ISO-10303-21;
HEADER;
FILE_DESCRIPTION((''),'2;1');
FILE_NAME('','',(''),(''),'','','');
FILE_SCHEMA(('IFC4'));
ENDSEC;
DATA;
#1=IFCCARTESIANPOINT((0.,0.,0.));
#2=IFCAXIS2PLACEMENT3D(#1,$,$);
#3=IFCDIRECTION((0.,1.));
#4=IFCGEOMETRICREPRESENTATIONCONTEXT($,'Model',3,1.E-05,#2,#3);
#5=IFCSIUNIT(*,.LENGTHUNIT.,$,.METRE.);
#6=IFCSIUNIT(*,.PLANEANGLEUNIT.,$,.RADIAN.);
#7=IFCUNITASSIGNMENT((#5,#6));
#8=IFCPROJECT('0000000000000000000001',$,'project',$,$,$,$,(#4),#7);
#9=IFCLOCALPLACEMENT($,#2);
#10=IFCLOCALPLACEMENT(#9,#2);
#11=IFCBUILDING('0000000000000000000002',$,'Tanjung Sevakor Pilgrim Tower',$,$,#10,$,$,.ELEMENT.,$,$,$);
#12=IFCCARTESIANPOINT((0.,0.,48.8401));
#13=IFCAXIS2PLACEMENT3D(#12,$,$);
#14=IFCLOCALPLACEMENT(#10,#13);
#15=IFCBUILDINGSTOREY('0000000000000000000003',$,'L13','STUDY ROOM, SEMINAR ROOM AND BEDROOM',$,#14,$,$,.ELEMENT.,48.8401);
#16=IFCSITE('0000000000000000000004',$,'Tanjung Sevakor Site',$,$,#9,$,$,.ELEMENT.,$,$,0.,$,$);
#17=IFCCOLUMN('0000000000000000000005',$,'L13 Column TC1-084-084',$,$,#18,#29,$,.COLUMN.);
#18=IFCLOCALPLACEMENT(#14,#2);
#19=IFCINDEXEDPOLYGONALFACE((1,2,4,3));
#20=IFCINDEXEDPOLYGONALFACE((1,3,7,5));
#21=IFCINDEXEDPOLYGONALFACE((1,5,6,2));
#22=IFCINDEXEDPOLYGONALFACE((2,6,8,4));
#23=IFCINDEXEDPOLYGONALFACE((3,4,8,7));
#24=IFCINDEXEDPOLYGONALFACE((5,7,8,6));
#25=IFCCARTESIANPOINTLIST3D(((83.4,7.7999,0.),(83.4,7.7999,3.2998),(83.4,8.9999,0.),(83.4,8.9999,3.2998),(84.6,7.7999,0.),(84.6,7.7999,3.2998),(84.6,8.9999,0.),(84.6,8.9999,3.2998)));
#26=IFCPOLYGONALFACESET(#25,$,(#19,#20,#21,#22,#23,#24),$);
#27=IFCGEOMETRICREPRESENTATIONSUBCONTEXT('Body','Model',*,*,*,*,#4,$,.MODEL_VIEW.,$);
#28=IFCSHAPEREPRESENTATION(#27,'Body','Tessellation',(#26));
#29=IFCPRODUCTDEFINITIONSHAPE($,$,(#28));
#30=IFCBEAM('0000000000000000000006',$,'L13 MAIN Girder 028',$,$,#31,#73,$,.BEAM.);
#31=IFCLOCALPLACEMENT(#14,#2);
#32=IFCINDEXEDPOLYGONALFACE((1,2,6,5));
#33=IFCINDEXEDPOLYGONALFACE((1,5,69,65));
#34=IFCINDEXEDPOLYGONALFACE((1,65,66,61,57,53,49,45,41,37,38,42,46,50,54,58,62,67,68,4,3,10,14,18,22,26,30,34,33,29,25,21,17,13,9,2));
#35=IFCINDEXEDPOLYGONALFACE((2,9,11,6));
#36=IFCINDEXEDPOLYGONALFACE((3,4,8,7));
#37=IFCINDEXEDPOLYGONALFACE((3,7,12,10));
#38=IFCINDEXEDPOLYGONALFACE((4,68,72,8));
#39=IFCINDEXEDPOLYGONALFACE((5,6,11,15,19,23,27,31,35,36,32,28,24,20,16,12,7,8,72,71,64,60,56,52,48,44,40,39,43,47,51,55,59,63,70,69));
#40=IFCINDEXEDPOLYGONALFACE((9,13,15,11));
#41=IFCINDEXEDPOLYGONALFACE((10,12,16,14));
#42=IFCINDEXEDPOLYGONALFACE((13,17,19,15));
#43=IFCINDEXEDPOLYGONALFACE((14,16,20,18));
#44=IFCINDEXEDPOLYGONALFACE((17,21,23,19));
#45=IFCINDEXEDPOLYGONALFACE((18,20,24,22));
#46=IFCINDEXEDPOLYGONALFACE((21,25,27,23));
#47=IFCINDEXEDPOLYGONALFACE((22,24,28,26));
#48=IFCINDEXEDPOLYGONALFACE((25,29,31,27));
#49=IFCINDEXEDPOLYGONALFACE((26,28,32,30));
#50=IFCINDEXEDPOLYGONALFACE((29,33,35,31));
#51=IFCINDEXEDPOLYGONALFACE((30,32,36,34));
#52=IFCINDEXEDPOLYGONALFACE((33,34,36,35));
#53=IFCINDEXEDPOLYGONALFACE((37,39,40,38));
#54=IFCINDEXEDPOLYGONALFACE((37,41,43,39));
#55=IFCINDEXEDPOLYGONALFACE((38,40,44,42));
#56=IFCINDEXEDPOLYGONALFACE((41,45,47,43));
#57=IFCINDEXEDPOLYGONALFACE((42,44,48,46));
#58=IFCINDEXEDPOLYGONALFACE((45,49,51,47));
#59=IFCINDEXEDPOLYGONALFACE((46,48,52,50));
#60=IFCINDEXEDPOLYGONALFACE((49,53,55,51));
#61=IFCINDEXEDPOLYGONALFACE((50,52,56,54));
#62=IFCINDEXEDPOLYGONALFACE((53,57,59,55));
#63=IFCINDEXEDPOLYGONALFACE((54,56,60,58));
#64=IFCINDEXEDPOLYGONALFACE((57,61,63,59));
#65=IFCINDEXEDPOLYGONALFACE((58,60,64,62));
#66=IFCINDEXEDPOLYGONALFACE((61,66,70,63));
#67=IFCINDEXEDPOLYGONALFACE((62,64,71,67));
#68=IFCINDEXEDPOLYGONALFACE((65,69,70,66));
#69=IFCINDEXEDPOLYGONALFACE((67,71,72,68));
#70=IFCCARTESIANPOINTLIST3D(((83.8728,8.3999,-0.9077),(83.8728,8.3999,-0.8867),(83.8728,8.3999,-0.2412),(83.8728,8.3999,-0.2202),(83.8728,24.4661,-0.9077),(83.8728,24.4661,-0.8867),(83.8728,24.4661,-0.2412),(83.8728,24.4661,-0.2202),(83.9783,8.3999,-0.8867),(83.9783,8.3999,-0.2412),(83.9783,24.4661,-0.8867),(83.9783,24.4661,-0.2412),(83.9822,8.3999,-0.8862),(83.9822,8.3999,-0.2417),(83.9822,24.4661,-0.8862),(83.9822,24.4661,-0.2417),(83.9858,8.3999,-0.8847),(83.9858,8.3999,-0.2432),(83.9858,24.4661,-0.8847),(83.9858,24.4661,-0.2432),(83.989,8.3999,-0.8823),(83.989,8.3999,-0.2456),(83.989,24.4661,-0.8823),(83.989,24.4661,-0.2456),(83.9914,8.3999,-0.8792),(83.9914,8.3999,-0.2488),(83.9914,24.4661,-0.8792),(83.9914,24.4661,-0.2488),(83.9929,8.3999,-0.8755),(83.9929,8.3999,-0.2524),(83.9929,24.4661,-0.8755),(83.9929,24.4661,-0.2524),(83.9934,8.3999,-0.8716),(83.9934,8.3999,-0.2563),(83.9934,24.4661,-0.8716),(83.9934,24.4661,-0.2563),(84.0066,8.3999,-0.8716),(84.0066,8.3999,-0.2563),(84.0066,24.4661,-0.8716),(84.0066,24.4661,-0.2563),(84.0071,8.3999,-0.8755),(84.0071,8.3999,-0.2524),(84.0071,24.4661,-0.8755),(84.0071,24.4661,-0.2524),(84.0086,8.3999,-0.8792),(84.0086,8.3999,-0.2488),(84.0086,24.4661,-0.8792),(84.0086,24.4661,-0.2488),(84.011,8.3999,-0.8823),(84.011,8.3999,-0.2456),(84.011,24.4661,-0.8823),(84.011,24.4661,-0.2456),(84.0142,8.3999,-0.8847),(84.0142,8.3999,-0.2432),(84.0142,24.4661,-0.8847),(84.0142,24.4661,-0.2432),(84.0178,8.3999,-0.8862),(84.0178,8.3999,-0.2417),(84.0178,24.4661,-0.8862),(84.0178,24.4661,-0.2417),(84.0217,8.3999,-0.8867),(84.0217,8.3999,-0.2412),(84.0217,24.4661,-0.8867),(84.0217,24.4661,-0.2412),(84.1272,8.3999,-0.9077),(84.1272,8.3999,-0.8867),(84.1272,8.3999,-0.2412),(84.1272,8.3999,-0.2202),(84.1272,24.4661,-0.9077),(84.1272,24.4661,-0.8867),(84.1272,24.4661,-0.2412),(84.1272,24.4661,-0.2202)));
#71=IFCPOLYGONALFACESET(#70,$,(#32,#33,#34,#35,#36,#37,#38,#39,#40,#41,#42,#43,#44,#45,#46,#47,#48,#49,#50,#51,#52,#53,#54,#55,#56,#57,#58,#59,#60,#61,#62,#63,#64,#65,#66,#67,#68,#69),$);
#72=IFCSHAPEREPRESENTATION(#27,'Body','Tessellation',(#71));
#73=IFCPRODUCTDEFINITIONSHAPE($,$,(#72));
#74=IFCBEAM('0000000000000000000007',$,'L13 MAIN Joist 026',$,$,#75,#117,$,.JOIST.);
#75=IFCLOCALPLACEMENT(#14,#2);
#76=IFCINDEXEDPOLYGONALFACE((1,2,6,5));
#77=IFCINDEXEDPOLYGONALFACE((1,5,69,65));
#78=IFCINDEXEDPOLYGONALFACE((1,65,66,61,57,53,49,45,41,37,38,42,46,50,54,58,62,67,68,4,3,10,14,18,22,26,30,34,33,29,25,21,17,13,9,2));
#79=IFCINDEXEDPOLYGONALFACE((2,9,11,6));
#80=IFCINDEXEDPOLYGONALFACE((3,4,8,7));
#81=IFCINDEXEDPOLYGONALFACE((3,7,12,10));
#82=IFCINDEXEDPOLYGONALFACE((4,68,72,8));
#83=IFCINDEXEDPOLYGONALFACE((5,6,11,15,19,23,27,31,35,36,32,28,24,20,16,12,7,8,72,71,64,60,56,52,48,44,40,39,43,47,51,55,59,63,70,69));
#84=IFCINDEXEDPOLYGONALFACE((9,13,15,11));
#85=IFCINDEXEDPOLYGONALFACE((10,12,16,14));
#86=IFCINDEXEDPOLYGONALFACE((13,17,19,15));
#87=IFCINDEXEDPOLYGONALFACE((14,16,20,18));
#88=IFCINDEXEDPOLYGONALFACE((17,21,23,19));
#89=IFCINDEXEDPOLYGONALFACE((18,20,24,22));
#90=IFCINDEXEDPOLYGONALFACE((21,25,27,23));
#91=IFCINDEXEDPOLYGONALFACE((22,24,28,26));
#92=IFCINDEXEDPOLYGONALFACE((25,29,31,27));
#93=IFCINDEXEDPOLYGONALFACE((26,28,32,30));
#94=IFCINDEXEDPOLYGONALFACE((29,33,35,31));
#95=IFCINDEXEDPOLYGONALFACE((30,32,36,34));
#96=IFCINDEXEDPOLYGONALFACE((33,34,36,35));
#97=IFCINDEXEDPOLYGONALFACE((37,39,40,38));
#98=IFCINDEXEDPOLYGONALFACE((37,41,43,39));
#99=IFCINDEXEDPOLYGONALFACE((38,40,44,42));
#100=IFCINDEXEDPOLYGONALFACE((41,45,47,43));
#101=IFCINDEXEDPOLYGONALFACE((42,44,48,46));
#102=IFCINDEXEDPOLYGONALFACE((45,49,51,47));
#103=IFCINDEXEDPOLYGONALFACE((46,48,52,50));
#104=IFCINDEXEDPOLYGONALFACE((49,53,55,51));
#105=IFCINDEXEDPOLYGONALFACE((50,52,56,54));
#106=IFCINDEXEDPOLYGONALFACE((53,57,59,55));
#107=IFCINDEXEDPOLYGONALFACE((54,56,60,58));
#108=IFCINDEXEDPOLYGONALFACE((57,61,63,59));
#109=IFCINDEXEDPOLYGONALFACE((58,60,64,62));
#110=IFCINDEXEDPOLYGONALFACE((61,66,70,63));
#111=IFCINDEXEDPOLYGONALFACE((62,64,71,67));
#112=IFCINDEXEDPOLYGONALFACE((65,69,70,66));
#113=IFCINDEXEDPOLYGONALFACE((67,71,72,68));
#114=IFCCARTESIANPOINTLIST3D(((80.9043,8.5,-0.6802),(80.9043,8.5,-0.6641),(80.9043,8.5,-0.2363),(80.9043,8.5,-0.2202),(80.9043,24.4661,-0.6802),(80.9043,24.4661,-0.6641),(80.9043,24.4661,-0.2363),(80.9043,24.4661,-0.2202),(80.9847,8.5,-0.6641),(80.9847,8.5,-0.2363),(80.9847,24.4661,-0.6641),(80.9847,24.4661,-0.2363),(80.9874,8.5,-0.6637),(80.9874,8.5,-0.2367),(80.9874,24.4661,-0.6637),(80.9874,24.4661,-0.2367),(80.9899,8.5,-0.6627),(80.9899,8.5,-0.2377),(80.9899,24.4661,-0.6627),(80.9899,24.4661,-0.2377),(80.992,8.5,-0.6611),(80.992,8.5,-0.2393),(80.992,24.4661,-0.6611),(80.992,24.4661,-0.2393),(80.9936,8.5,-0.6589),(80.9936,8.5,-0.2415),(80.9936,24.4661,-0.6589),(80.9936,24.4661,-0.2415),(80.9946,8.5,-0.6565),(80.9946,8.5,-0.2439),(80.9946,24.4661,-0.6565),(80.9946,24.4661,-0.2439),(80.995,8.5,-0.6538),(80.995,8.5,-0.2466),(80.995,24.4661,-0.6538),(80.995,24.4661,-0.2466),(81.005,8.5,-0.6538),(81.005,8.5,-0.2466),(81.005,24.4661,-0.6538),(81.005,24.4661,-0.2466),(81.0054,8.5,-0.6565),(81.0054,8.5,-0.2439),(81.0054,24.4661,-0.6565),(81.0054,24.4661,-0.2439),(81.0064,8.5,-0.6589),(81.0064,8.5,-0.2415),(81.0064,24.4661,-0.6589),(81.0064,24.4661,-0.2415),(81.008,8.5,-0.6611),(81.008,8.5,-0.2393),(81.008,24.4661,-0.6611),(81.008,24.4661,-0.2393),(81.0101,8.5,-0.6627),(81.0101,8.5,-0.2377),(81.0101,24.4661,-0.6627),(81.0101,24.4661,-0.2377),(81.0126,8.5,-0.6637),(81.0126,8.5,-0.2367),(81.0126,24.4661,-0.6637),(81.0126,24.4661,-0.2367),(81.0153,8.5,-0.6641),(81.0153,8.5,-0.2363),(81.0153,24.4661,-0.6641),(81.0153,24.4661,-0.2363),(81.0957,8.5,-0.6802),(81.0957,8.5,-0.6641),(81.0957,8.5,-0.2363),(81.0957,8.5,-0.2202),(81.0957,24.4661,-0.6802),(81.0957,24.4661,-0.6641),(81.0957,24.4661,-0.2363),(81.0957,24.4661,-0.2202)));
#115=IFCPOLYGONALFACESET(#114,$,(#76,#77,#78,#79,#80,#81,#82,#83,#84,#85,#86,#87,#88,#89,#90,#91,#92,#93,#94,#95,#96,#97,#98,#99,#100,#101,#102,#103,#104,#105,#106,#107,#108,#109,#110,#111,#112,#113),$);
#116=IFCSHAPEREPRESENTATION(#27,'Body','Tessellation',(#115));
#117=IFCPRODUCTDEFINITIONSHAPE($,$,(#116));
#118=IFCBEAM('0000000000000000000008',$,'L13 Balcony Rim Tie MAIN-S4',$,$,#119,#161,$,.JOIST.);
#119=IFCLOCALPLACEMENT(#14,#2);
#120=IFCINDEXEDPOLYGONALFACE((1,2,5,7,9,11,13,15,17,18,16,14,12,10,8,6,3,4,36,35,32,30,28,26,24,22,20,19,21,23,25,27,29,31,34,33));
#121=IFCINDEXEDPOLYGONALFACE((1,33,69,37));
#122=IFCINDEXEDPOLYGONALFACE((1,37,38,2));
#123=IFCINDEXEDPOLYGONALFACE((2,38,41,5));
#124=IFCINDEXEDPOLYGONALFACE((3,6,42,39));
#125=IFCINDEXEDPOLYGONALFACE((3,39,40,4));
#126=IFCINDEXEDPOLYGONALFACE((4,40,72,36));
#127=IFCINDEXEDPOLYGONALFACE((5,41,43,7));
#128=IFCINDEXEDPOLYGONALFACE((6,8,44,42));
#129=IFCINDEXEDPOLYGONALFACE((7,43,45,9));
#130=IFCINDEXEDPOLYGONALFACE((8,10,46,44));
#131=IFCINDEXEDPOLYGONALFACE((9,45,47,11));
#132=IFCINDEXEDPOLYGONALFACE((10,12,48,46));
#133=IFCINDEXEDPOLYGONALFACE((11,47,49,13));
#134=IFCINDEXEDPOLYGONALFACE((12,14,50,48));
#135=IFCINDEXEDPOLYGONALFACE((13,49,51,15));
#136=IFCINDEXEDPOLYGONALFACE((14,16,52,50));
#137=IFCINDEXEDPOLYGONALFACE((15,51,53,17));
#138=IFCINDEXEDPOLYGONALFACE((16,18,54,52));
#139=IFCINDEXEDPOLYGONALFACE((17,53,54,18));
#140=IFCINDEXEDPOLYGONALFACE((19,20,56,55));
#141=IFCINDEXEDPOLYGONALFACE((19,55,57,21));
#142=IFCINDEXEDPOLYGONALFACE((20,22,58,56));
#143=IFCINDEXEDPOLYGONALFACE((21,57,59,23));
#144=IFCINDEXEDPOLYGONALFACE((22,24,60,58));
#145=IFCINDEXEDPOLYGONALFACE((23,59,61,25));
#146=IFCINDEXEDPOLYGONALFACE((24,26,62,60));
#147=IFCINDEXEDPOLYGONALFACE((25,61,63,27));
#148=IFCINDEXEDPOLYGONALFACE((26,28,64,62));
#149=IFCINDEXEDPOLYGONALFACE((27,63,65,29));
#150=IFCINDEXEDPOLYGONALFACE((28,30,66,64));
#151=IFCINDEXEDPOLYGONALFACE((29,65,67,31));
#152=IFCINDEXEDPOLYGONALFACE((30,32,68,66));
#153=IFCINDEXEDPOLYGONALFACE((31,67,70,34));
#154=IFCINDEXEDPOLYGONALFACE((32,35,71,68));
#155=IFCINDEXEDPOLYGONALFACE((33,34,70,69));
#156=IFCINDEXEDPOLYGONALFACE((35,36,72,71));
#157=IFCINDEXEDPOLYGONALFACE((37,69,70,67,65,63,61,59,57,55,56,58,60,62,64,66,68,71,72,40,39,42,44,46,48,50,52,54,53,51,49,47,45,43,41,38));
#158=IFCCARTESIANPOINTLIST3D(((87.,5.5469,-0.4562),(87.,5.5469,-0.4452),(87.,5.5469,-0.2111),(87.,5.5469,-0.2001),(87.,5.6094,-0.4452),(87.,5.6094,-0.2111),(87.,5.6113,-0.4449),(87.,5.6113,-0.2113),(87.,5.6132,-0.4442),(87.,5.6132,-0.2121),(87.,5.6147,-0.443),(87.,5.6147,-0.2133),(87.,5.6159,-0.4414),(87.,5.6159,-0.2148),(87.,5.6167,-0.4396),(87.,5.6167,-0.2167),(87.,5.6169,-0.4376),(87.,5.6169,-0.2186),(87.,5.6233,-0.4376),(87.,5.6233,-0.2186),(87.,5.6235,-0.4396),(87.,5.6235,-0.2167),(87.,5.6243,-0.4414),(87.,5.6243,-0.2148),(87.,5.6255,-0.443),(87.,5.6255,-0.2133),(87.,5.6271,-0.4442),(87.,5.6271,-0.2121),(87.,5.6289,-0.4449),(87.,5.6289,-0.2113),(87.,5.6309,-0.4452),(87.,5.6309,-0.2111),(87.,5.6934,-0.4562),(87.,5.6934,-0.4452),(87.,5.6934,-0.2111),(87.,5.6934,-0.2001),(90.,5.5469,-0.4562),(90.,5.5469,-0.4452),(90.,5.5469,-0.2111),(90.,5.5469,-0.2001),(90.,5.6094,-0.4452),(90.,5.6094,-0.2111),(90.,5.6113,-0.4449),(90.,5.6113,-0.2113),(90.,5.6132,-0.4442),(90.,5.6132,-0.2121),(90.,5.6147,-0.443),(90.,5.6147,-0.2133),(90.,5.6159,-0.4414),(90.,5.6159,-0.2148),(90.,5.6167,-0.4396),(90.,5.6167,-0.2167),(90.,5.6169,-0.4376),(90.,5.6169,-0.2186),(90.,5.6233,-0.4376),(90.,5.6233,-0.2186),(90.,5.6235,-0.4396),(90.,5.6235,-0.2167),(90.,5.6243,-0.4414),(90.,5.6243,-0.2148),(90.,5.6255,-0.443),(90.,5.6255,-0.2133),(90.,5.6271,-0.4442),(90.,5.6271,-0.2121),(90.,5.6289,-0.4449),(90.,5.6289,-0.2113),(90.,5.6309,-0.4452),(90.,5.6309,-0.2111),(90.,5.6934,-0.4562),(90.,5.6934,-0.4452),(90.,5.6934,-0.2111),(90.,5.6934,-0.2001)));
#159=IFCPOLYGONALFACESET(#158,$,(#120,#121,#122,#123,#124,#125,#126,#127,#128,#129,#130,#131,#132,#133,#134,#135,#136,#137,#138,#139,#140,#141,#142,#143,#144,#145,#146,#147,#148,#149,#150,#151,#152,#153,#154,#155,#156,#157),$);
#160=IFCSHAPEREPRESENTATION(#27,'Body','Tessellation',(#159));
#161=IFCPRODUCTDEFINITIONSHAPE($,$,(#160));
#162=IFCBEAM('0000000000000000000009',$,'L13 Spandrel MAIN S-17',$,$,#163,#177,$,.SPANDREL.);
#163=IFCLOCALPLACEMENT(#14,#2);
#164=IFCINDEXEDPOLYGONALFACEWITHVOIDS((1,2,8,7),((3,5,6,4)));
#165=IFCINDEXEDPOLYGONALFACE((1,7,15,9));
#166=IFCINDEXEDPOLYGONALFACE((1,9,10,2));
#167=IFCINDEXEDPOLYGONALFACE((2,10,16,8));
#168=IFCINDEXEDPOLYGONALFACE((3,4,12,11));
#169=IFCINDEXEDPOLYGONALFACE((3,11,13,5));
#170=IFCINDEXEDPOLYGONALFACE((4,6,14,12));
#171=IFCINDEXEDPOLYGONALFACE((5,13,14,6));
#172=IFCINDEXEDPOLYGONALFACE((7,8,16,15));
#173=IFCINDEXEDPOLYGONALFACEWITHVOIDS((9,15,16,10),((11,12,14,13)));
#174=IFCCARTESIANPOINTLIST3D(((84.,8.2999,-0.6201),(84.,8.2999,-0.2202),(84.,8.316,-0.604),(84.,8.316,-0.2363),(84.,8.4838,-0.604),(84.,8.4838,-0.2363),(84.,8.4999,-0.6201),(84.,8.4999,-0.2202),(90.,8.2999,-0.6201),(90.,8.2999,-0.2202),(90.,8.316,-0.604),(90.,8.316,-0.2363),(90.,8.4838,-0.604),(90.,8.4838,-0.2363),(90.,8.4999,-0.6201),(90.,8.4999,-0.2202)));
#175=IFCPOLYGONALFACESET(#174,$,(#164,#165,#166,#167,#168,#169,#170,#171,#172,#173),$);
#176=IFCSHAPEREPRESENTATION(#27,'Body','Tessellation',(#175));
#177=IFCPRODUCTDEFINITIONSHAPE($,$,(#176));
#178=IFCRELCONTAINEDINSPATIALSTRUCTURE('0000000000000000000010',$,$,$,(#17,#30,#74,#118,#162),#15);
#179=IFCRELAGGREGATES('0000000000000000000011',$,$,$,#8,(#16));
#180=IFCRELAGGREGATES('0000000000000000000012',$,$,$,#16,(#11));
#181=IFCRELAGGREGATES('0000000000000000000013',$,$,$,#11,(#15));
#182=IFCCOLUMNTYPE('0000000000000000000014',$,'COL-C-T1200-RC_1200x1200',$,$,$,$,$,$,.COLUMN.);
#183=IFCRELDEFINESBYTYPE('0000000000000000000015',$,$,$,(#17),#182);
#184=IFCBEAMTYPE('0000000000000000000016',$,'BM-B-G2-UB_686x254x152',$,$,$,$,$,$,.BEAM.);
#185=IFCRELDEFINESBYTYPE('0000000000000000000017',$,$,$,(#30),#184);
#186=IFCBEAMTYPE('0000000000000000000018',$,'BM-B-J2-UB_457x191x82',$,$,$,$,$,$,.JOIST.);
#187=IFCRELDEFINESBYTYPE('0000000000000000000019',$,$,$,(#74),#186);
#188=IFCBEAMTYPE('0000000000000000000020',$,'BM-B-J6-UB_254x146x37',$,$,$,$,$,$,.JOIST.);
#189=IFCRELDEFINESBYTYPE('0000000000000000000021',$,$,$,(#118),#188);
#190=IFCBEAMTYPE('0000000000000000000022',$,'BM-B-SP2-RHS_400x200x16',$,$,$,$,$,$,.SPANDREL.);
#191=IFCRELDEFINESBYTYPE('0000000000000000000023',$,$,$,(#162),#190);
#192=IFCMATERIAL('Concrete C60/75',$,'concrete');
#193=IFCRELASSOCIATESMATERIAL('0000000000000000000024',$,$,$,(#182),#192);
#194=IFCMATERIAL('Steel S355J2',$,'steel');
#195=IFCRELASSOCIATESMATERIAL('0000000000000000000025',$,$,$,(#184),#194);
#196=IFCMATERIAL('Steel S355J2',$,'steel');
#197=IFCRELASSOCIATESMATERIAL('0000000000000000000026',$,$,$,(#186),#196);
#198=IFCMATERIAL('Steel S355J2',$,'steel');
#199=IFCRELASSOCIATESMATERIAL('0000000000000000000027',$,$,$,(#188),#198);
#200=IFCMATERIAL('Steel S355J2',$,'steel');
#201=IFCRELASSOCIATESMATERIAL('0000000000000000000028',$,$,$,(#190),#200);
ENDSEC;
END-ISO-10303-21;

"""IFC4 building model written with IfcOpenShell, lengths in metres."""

from ifc_helpers import new_model, si_unit, direction, frame, origin, origin_2d, place, context, subcontext, project, spatial, rectangle, hollow_rectangle, i_section, extrude, material, material_profile, profile_set, type_object, element, save


model = new_model("IFC4")

# Units and contexts
model_context = context("Model", 3, precision=1e-05, world=origin(), true_north=direction((0.0, 1.0)))
body_context = subcontext(model_context, "Body", "Model", "MODEL_VIEW")
ifc_project = project(units=[si_unit("LENGTHUNIT", "METRE"), si_unit("PLANEANGLEUNIT", "RADIAN")], contexts=[model_context])

# Site, building, storey
site_placement = place(None, origin())
site = spatial("IfcSite", under=ifc_project, at=site_placement, Name="Tanjung Sevakor Site", CompositionType="ELEMENT", RefElevation=0.0)
building_placement = place(site_placement, origin())
building = spatial("IfcBuilding", under=site, at=building_placement, Name="Tanjung Sevakor Pilgrim Tower", CompositionType="ELEMENT")
storey_placement = place(building_placement, frame((0.0, 0.0, 48.8401)))
storey = spatial("IfcBuildingStorey", under=building, at=storey_placement, Name="L13", Description="STUDY ROOM, SEMINAR ROOM AND BEDROOM", CompositionType="ELEMENT", Elevation=48.8401)

# Column
ifc_material_1 = material(Name="Concrete C60/75", Category="concrete")
ifc_material_profile_1 = material_profile(ifc_material_1, rectangle(XDim=1.2, YDim=1.2, at=origin_2d()))
ifc_profile_set_1 = profile_set([ifc_material_profile_1], Name="Concrete C60/75")
column_type = type_object("IfcColumnType", Name="COL-C-T1200-RC_1200x1200", PredefinedType="COLUMN", material=ifc_profile_set_1)
column_placement = place(storey_placement, frame((84.0, 8.3999, 0.0), z_axis=(0.0, 0.0, 1.0), x_axis=(1.0, 0.0, 0.0)))
element("IfcColumn", 1, at=column_placement, inside=storey, type_object=column_type, Name="L13 Column TC1-084-084", PredefinedType="COLUMN", context=body_context, shape_type="SweptSolid", body=[
    extrude(rectangle(XDim=1.2, YDim=1.2, at=origin_2d()), origin(), (0.0, 0.0, 1.0), 3.2998),
])

# Beams
ifc_material_2 = material(Name="Steel S355J2", Category="steel")
ifc_material_profile_2 = material_profile(ifc_material_2, i_section(OverallWidth=0.2544, OverallDepth=0.6875, WebThickness=0.0132, FlangeThickness=0.021, FilletRadius=0.0151, at=origin_2d()))
ifc_profile_set_2 = profile_set([ifc_material_profile_2], Name="Steel S355J2")
beam_type_1 = type_object("IfcBeamType", Name="BM-B-G2-UB_686x254x152", PredefinedType="BEAM", material=ifc_profile_set_2)
beam_1_placement = place(storey_placement, frame((84.0, 8.3999, -0.564), z_axis=(0.0, 1.0, 0.0), x_axis=(-1.0, 0.0, 0.0)))
element("IfcBeam", 2, at=beam_1_placement, inside=storey, type_object=beam_type_1, Name="L13 MAIN Girder 028", PredefinedType="BEAM", context=body_context, shape_type="SweptSolid", body=[
    extrude(i_section(OverallWidth=0.2544, OverallDepth=0.6875, WebThickness=0.0132, FlangeThickness=0.021, FilletRadius=0.0151, at=origin_2d()), origin(), (0.0, 0.0, 1.0), 16.0662),
])
ifc_material_3 = material(Name="Steel S355J2", Category="steel")
ifc_material_profile_3 = material_profile(ifc_material_3, i_section(OverallWidth=0.1914, OverallDepth=0.46, WebThickness=0.01, FlangeThickness=0.0161, FilletRadius=0.0103, at=origin_2d()))
ifc_profile_set_3 = profile_set([ifc_material_profile_3], Name="Steel S355J2")
beam_type_2 = type_object("IfcBeamType", Name="BM-B-J2-UB_457x191x82", PredefinedType="JOIST", material=ifc_profile_set_3)
beam_2_placement = place(storey_placement, frame((81.0, 8.5, -0.4502), z_axis=(0.0, 1.0, 0.0), x_axis=(-1.0, 0.0, 0.0)))
element("IfcBeam", 3, at=beam_2_placement, inside=storey, type_object=beam_type_2, Name="L13 MAIN Joist 026", PredefinedType="JOIST", context=body_context, shape_type="SweptSolid", body=[
    extrude(i_section(OverallWidth=0.1914, OverallDepth=0.46, WebThickness=0.01, FlangeThickness=0.0161, FilletRadius=0.0103, at=origin_2d()), origin(), (0.0, 0.0, 1.0), 15.9661),
])
ifc_material_4 = material(Name="Steel S355J2", Category="steel")
ifc_material_profile_4 = material_profile(ifc_material_4, i_section(OverallWidth=0.1465, OverallDepth=0.2561, WebThickness=0.0063, FlangeThickness=0.011, FilletRadius=0.0076, at=origin_2d()))
ifc_profile_set_4 = profile_set([ifc_material_profile_4], Name="Steel S355J2")
beam_type_3 = type_object("IfcBeamType", Name="BM-B-J6-UB_254x146x37", PredefinedType="JOIST", material=ifc_profile_set_4)
beam_3_placement = place(storey_placement, frame((87.0, 5.6201, -0.3281), z_axis=(1.0, 0.0, 0.0), x_axis=(0.0, 1.0, 0.0)))
element("IfcBeam", 4, at=beam_3_placement, inside=storey, type_object=beam_type_3, Name="L13 Balcony Rim Tie MAIN-S4", PredefinedType="JOIST", context=body_context, shape_type="SweptSolid", body=[
    extrude(i_section(OverallWidth=0.1465, OverallDepth=0.2561, WebThickness=0.0063, FlangeThickness=0.011, FilletRadius=0.0076, at=origin_2d()), origin(), (0.0, 0.0, 1.0), 3.0),
])
ifc_material_5 = material(Name="Steel S355J2", Category="steel")
ifc_material_profile_5 = material_profile(ifc_material_5, hollow_rectangle(XDim=0.2, YDim=0.3999, WallThickness=0.0161, at=origin_2d()))
ifc_profile_set_5 = profile_set([ifc_material_profile_5], Name="Steel S355J2")
beam_type_4 = type_object("IfcBeamType", Name="BM-B-SP2-RHS_400x200x16", PredefinedType="SPANDREL", material=ifc_profile_set_5)
beam_4_placement = place(storey_placement, frame((84.0, 8.3999, -0.4202), z_axis=(1.0, 0.0, 0.0), x_axis=(0.0, 1.0, 0.0)))
element("IfcBeam", 5, at=beam_4_placement, inside=storey, type_object=beam_type_4, Name="L13 Spandrel MAIN S-17", PredefinedType="SPANDREL", context=body_context, shape_type="SweptSolid", body=[
    extrude(hollow_rectangle(XDim=0.2, YDim=0.3999, WallThickness=0.0161, at=origin_2d()), origin(), (0.0, 0.0, 1.0), 6.0),
])

save(model, "model.ifc")
